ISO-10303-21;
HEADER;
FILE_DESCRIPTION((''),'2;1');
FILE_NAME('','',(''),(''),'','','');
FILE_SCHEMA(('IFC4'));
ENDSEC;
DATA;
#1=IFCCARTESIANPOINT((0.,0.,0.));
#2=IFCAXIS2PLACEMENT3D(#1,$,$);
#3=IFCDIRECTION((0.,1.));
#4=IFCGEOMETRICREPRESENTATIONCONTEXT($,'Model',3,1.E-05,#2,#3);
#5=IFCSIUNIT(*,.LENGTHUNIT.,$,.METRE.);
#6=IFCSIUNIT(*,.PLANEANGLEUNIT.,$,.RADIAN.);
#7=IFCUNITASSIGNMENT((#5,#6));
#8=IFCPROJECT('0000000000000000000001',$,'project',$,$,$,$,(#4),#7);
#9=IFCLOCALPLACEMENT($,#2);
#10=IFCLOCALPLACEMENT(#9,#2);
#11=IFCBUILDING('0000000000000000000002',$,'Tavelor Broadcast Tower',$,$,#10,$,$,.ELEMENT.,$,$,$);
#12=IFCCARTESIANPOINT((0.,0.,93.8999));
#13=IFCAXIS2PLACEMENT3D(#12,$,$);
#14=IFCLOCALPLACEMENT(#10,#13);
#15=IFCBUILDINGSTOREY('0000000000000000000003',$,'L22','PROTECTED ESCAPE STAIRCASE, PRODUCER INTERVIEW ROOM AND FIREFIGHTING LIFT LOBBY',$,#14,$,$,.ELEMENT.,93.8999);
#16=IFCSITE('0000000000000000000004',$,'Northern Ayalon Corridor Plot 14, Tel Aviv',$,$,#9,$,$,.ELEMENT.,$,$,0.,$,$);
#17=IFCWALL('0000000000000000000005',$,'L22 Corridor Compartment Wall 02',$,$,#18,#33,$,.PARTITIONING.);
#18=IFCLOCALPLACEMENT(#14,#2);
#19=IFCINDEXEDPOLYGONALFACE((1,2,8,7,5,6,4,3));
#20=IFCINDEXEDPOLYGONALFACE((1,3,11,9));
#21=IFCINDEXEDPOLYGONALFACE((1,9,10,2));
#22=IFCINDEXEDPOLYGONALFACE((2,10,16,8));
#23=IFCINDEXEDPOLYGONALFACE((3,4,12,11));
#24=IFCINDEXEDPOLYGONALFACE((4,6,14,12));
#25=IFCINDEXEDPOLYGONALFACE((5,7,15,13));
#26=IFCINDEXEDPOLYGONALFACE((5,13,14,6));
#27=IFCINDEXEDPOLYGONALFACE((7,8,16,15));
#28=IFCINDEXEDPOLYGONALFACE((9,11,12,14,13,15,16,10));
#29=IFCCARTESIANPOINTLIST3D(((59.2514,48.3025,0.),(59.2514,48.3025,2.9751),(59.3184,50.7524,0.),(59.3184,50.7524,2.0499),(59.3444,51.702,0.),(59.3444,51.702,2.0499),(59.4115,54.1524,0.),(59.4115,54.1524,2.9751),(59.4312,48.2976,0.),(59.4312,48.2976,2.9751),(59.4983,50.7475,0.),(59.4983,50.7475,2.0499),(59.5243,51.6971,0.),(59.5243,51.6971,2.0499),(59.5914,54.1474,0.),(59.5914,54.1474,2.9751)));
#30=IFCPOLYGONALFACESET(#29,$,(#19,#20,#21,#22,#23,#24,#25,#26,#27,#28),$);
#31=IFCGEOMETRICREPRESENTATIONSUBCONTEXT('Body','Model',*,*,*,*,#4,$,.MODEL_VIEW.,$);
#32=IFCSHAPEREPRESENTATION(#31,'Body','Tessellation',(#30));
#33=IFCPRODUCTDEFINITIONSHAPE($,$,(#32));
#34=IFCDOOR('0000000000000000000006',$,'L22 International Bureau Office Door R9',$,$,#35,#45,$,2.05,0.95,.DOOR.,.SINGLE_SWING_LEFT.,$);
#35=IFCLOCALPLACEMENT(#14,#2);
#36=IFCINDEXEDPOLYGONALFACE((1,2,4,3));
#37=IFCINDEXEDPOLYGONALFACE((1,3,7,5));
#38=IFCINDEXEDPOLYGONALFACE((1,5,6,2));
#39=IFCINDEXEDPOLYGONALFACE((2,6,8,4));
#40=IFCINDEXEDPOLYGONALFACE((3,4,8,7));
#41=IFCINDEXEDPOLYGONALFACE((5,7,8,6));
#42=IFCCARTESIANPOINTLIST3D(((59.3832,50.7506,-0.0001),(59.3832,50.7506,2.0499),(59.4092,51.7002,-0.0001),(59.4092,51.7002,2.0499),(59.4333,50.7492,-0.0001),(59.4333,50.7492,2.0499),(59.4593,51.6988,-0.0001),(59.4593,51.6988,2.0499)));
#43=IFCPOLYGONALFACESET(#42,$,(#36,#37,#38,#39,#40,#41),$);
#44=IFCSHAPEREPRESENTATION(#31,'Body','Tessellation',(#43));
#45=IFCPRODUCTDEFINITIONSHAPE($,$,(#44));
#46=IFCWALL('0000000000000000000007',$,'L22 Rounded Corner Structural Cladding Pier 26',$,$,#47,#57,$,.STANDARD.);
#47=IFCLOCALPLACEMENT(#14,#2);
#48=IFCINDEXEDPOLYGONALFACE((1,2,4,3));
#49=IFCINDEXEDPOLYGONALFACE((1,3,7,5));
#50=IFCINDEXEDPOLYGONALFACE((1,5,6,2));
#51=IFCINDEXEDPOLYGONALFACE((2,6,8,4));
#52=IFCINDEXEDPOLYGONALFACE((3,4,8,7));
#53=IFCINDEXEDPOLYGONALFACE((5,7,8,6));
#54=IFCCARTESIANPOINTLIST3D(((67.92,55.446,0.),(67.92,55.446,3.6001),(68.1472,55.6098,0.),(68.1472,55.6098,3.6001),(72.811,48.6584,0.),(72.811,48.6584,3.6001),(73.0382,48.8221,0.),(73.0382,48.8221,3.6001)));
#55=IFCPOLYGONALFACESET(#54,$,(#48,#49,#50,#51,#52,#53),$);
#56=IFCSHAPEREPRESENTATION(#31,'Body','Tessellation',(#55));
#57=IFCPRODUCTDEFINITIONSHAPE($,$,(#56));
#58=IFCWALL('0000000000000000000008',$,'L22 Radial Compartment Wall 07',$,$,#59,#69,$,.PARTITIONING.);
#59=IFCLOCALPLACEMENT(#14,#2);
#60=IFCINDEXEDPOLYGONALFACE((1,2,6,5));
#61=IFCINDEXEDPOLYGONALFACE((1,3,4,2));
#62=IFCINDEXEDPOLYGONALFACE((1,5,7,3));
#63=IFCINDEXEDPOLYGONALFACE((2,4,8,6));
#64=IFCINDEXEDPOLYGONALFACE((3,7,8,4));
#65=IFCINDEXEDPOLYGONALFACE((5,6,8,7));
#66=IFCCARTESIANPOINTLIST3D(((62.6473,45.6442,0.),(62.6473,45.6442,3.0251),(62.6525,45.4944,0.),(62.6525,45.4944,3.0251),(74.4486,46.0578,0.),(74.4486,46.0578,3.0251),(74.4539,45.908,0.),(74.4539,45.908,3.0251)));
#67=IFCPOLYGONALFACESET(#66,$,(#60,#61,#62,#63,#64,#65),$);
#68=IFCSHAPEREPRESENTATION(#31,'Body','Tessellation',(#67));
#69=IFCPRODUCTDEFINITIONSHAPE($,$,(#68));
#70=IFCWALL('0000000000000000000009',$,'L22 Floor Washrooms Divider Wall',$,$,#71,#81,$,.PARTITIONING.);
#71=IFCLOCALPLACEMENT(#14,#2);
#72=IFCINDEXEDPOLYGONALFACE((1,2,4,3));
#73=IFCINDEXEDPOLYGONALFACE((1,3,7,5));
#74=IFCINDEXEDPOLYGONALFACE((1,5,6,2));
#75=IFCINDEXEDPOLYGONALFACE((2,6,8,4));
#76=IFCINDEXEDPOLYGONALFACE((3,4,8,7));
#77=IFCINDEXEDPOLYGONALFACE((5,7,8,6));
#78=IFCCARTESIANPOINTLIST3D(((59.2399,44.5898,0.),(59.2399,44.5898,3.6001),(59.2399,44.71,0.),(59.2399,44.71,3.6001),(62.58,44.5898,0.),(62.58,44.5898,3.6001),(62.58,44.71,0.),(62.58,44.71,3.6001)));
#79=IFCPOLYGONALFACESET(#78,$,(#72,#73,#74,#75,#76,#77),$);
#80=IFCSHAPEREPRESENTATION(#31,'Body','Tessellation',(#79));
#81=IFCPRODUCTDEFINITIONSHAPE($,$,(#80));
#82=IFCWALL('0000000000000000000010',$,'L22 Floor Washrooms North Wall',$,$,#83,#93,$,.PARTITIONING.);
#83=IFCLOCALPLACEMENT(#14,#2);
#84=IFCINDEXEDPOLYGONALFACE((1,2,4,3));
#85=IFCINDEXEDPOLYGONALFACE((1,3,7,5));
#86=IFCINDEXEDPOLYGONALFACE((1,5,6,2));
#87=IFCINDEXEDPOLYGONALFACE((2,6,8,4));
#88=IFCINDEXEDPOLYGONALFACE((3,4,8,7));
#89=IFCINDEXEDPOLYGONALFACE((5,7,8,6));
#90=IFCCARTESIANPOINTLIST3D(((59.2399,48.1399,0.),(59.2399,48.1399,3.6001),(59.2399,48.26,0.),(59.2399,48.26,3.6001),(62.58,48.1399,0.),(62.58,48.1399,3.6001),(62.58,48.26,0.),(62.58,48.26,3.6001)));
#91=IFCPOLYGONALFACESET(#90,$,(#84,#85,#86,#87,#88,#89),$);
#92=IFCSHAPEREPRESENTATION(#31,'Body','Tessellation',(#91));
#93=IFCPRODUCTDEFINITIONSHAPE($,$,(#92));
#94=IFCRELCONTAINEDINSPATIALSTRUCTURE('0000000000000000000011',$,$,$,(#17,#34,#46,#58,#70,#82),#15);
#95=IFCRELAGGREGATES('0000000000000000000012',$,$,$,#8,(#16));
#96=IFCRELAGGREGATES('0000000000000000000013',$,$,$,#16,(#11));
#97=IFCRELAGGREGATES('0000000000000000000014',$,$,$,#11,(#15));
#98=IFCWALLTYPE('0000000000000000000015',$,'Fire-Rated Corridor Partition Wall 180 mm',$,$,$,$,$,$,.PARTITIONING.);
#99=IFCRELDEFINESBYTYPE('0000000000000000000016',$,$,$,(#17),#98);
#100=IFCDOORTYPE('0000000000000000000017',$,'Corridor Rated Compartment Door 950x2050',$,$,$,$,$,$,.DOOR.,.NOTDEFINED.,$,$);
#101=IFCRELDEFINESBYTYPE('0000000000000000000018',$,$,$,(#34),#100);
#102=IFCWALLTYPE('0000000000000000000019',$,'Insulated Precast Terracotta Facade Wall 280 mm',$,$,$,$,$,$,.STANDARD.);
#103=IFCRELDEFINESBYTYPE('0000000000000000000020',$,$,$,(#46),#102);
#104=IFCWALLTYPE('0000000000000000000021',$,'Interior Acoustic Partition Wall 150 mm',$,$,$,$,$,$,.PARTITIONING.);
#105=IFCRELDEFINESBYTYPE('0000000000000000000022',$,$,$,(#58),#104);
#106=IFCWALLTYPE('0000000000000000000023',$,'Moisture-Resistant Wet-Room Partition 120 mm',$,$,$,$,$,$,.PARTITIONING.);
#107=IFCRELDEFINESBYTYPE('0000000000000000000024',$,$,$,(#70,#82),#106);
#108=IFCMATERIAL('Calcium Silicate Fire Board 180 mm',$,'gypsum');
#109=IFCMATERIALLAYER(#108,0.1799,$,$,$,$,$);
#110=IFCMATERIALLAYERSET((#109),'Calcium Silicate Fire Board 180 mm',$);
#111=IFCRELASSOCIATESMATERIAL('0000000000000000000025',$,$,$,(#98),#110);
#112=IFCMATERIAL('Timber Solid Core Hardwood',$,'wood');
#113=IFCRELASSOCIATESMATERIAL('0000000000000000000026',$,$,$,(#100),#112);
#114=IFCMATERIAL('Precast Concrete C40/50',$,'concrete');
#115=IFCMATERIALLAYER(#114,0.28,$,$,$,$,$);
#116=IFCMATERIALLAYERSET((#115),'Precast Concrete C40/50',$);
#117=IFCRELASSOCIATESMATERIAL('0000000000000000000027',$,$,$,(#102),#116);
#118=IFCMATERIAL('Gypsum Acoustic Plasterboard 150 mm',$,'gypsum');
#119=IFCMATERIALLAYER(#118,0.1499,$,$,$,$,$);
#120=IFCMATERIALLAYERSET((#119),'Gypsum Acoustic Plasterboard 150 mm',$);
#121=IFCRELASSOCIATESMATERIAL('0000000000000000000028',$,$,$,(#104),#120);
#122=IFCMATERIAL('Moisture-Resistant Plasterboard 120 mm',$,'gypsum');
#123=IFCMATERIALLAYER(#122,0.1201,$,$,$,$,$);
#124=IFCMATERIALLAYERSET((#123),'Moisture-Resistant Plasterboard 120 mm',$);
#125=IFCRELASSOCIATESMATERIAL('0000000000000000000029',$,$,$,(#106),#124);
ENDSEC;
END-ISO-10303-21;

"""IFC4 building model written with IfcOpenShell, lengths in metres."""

from ifc_helpers import new_model, si_unit, direction, frame, frame_2d, origin, place, context, subcontext, project, spatial, rectangle, extrude, material, layer, layer_set, type_object, element, fill, save


model = new_model("IFC4")

# Units and contexts
model_context = context("Model", 3, precision=1e-05, world=origin(), true_north=direction((0.0, 1.0)))
body_context = subcontext(model_context, "Body", "Model", "MODEL_VIEW")
ifc_project = project(units=[si_unit("LENGTHUNIT", "METRE"), si_unit("PLANEANGLEUNIT", "RADIAN")], contexts=[model_context])

# Site, building, storey
site_placement = place(None, origin())
site = spatial("IfcSite", under=ifc_project, at=site_placement, Name="Northern Ayalon Corridor Plot 14, Tel Aviv", CompositionType="ELEMENT", RefElevation=0.0)
building_placement = place(site_placement, origin())
building = spatial("IfcBuilding", under=site, at=building_placement, Name="Tavelor Broadcast Tower", CompositionType="ELEMENT")
storey_placement = place(building_placement, frame((0.0, 0.0, 93.8999)))
storey = spatial("IfcBuildingStorey", under=building, at=storey_placement, Name="L22", Description="PROTECTED ESCAPE STAIRCASE, PRODUCER INTERVIEW ROOM AND FIREFIGHTING LIFT LOBBY", CompositionType="ELEMENT", Elevation=93.8999)

# Wall, opening, door
ifc_material_1 = material(Name="Calcium Silicate Fire Board 180 mm", Category="gypsum")
ifc_layer_1 = layer(ifc_material_1, 0.1799)
ifc_layer_set_1 = layer_set([ifc_layer_1], Name="Calcium Silicate Fire Board 180 mm")
wall_type_1 = type_object("IfcWallType", Name="Fire-Rated Corridor Partition Wall 180 mm", PredefinedType="PARTITIONING", material=ifc_layer_set_1)
wall_1_placement = place(storey_placement, frame((59.5015, 54.1499, 0.0), z_axis=(0.0, 0.0, 1.0), x_axis=(-0.027368, -0.999625, 0.0)))
wall_1 = element("IfcWall", 1, at=wall_1_placement, inside=storey, type_object=wall_type_1, Name="L22 Corridor Compartment Wall 02", PredefinedType="PARTITIONING", context=body_context, shape_type="SweptSolid", body=[
    extrude(rectangle(XDim=5.8521, YDim=0.1799, at=frame_2d((2.926, 0.0))), origin(), (0.0, 0.0, 1.0), 2.9751),
])
opening_placement = place(wall_1_placement, frame((2.4512, 0.0, 0.0)))
opening = element("IfcOpeningElement", 2, at=opening_placement, cuts=wall_1, PredefinedType="OPENING", context=body_context, shape_type="SweptSolid", body=[
    extrude(rectangle(XDim=0.95, YDim=2.05, at=frame_2d((0.4751, 1.0249))), frame((0.0, 0.1001, 0.0), z_axis=(0.0, -1.0, 0.0), x_axis=(1.0, 0.0, 0.0)), (0.0, 0.0, 1.0), 0.2),
])
ifc_material_2 = material(Name="Timber Solid Core Hardwood", Category="wood")
door_type = type_object("IfcDoorType", Name="Corridor Rated Compartment Door 950x2050", OperationType="NOTDEFINED", PredefinedType="DOOR", material=ifc_material_2)
door_placement = place(opening_placement, origin())
door = element("IfcDoor", 3, at=door_placement, inside=storey, type_object=door_type, Name="L22 International Bureau Office Door R9", OperationType="SINGLE_SWING_LEFT", OverallHeight=2.05, OverallWidth=0.95, PredefinedType="DOOR", context=body_context, shape_type="SweptSolid", body=[
    extrude(rectangle(XDim=0.95, YDim=2.05, at=frame_2d((0.4751, 1.0249))), frame((0.0, 0.0249, 0.0), z_axis=(0.0, -1.0, 0.0), x_axis=(1.0, 0.0, 0.0)), (0.0, 0.0, 1.0), 0.05),
])
fill(opening, door)

# Walls
ifc_material_3 = material(Name="Precast Concrete C40/50", Category="concrete")
ifc_layer_2 = layer(ifc_material_3, 0.28)
ifc_layer_set_2 = layer_set([ifc_layer_2], Name="Precast Concrete C40/50")
wall_type_2 = type_object("IfcWallType", Name="Insulated Precast Terracotta Facade Wall 280 mm", PredefinedType="STANDARD", material=ifc_layer_set_2)
wall_2_placement = place(storey_placement, frame((72.9246, 48.7402, 0.0), z_axis=(0.0, 0.0, 1.0), x_axis=(-0.584604, 0.811319, 0.0)))
element("IfcWall", 4, at=wall_2_placement, inside=storey, type_object=wall_type_2, Name="L22 Rounded Corner Structural Cladding Pier 26", PredefinedType="STANDARD", context=body_context, shape_type="SweptSolid", body=[
    extrude(rectangle(XDim=8.3662, YDim=0.28, at=frame_2d((4.1831, 0.0))), origin(), (0.0, 0.0, 1.0), 3.6001),
])
ifc_material_4 = material(Name="Gypsum Acoustic Plasterboard 150 mm", Category="gypsum")
ifc_layer_3 = layer(ifc_material_4, 0.1499)
ifc_layer_set_3 = layer_set([ifc_layer_3], Name="Gypsum Acoustic Plasterboard 150 mm")
wall_type_3 = type_object("IfcWallType", Name="Interior Acoustic Partition Wall 150 mm", PredefinedType="PARTITIONING", material=ifc_layer_set_3)
wall_3_placement = place(storey_placement, frame((62.6499, 45.5693, 0.0), z_axis=(0.0, 0.0, 1.0), x_axis=(0.999386, 0.035023, 0.0)))
element("IfcWall", 5, at=wall_3_placement, inside=storey, type_object=wall_type_3, Name="L22 Radial Compartment Wall 07", PredefinedType="PARTITIONING", context=body_context, shape_type="SweptSolid", body=[
    extrude(rectangle(XDim=11.8086, YDim=0.1499, at=frame_2d((5.9043, 0.0))), origin(), (0.0, 0.0, 1.0), 3.0251),
])
ifc_material_5 = material(Name="Moisture-Resistant Plasterboard 120 mm", Category="gypsum")
ifc_layer_4 = layer(ifc_material_5, 0.1201)
ifc_layer_set_4 = layer_set([ifc_layer_4], Name="Moisture-Resistant Plasterboard 120 mm")
wall_type_4 = type_object("IfcWallType", Name="Moisture-Resistant Wet-Room Partition 120 mm", PredefinedType="PARTITIONING", material=ifc_layer_set_4)
for number, where, z_axis, x_axis, name in (
    (6, (59.24, 44.6499, 0.0), (0.0, 0.0, 1.0), (1.0, 0.0, 0.0), "L22 Floor Washrooms Divider Wall"),
    (7, (59.24, 48.2, 0.0), (0.0, 0.0, 1.0), (1.0, 0.0, 0.0), "L22 Floor Washrooms North Wall"),
):
    element("IfcWall", number, at=place(storey_placement, frame(where, z_axis=z_axis, x_axis=x_axis)), inside=storey, type_object=wall_type_4, Name=name, PredefinedType="PARTITIONING", context=body_context, shape_type="SweptSolid", body=[
        extrude(rectangle(XDim=3.3401, YDim=0.1201, at=frame_2d((1.6699, 0.0))), origin(), (0.0, 0.0, 1.0), 3.6001),
    ])

save(model, "model.ifc")
